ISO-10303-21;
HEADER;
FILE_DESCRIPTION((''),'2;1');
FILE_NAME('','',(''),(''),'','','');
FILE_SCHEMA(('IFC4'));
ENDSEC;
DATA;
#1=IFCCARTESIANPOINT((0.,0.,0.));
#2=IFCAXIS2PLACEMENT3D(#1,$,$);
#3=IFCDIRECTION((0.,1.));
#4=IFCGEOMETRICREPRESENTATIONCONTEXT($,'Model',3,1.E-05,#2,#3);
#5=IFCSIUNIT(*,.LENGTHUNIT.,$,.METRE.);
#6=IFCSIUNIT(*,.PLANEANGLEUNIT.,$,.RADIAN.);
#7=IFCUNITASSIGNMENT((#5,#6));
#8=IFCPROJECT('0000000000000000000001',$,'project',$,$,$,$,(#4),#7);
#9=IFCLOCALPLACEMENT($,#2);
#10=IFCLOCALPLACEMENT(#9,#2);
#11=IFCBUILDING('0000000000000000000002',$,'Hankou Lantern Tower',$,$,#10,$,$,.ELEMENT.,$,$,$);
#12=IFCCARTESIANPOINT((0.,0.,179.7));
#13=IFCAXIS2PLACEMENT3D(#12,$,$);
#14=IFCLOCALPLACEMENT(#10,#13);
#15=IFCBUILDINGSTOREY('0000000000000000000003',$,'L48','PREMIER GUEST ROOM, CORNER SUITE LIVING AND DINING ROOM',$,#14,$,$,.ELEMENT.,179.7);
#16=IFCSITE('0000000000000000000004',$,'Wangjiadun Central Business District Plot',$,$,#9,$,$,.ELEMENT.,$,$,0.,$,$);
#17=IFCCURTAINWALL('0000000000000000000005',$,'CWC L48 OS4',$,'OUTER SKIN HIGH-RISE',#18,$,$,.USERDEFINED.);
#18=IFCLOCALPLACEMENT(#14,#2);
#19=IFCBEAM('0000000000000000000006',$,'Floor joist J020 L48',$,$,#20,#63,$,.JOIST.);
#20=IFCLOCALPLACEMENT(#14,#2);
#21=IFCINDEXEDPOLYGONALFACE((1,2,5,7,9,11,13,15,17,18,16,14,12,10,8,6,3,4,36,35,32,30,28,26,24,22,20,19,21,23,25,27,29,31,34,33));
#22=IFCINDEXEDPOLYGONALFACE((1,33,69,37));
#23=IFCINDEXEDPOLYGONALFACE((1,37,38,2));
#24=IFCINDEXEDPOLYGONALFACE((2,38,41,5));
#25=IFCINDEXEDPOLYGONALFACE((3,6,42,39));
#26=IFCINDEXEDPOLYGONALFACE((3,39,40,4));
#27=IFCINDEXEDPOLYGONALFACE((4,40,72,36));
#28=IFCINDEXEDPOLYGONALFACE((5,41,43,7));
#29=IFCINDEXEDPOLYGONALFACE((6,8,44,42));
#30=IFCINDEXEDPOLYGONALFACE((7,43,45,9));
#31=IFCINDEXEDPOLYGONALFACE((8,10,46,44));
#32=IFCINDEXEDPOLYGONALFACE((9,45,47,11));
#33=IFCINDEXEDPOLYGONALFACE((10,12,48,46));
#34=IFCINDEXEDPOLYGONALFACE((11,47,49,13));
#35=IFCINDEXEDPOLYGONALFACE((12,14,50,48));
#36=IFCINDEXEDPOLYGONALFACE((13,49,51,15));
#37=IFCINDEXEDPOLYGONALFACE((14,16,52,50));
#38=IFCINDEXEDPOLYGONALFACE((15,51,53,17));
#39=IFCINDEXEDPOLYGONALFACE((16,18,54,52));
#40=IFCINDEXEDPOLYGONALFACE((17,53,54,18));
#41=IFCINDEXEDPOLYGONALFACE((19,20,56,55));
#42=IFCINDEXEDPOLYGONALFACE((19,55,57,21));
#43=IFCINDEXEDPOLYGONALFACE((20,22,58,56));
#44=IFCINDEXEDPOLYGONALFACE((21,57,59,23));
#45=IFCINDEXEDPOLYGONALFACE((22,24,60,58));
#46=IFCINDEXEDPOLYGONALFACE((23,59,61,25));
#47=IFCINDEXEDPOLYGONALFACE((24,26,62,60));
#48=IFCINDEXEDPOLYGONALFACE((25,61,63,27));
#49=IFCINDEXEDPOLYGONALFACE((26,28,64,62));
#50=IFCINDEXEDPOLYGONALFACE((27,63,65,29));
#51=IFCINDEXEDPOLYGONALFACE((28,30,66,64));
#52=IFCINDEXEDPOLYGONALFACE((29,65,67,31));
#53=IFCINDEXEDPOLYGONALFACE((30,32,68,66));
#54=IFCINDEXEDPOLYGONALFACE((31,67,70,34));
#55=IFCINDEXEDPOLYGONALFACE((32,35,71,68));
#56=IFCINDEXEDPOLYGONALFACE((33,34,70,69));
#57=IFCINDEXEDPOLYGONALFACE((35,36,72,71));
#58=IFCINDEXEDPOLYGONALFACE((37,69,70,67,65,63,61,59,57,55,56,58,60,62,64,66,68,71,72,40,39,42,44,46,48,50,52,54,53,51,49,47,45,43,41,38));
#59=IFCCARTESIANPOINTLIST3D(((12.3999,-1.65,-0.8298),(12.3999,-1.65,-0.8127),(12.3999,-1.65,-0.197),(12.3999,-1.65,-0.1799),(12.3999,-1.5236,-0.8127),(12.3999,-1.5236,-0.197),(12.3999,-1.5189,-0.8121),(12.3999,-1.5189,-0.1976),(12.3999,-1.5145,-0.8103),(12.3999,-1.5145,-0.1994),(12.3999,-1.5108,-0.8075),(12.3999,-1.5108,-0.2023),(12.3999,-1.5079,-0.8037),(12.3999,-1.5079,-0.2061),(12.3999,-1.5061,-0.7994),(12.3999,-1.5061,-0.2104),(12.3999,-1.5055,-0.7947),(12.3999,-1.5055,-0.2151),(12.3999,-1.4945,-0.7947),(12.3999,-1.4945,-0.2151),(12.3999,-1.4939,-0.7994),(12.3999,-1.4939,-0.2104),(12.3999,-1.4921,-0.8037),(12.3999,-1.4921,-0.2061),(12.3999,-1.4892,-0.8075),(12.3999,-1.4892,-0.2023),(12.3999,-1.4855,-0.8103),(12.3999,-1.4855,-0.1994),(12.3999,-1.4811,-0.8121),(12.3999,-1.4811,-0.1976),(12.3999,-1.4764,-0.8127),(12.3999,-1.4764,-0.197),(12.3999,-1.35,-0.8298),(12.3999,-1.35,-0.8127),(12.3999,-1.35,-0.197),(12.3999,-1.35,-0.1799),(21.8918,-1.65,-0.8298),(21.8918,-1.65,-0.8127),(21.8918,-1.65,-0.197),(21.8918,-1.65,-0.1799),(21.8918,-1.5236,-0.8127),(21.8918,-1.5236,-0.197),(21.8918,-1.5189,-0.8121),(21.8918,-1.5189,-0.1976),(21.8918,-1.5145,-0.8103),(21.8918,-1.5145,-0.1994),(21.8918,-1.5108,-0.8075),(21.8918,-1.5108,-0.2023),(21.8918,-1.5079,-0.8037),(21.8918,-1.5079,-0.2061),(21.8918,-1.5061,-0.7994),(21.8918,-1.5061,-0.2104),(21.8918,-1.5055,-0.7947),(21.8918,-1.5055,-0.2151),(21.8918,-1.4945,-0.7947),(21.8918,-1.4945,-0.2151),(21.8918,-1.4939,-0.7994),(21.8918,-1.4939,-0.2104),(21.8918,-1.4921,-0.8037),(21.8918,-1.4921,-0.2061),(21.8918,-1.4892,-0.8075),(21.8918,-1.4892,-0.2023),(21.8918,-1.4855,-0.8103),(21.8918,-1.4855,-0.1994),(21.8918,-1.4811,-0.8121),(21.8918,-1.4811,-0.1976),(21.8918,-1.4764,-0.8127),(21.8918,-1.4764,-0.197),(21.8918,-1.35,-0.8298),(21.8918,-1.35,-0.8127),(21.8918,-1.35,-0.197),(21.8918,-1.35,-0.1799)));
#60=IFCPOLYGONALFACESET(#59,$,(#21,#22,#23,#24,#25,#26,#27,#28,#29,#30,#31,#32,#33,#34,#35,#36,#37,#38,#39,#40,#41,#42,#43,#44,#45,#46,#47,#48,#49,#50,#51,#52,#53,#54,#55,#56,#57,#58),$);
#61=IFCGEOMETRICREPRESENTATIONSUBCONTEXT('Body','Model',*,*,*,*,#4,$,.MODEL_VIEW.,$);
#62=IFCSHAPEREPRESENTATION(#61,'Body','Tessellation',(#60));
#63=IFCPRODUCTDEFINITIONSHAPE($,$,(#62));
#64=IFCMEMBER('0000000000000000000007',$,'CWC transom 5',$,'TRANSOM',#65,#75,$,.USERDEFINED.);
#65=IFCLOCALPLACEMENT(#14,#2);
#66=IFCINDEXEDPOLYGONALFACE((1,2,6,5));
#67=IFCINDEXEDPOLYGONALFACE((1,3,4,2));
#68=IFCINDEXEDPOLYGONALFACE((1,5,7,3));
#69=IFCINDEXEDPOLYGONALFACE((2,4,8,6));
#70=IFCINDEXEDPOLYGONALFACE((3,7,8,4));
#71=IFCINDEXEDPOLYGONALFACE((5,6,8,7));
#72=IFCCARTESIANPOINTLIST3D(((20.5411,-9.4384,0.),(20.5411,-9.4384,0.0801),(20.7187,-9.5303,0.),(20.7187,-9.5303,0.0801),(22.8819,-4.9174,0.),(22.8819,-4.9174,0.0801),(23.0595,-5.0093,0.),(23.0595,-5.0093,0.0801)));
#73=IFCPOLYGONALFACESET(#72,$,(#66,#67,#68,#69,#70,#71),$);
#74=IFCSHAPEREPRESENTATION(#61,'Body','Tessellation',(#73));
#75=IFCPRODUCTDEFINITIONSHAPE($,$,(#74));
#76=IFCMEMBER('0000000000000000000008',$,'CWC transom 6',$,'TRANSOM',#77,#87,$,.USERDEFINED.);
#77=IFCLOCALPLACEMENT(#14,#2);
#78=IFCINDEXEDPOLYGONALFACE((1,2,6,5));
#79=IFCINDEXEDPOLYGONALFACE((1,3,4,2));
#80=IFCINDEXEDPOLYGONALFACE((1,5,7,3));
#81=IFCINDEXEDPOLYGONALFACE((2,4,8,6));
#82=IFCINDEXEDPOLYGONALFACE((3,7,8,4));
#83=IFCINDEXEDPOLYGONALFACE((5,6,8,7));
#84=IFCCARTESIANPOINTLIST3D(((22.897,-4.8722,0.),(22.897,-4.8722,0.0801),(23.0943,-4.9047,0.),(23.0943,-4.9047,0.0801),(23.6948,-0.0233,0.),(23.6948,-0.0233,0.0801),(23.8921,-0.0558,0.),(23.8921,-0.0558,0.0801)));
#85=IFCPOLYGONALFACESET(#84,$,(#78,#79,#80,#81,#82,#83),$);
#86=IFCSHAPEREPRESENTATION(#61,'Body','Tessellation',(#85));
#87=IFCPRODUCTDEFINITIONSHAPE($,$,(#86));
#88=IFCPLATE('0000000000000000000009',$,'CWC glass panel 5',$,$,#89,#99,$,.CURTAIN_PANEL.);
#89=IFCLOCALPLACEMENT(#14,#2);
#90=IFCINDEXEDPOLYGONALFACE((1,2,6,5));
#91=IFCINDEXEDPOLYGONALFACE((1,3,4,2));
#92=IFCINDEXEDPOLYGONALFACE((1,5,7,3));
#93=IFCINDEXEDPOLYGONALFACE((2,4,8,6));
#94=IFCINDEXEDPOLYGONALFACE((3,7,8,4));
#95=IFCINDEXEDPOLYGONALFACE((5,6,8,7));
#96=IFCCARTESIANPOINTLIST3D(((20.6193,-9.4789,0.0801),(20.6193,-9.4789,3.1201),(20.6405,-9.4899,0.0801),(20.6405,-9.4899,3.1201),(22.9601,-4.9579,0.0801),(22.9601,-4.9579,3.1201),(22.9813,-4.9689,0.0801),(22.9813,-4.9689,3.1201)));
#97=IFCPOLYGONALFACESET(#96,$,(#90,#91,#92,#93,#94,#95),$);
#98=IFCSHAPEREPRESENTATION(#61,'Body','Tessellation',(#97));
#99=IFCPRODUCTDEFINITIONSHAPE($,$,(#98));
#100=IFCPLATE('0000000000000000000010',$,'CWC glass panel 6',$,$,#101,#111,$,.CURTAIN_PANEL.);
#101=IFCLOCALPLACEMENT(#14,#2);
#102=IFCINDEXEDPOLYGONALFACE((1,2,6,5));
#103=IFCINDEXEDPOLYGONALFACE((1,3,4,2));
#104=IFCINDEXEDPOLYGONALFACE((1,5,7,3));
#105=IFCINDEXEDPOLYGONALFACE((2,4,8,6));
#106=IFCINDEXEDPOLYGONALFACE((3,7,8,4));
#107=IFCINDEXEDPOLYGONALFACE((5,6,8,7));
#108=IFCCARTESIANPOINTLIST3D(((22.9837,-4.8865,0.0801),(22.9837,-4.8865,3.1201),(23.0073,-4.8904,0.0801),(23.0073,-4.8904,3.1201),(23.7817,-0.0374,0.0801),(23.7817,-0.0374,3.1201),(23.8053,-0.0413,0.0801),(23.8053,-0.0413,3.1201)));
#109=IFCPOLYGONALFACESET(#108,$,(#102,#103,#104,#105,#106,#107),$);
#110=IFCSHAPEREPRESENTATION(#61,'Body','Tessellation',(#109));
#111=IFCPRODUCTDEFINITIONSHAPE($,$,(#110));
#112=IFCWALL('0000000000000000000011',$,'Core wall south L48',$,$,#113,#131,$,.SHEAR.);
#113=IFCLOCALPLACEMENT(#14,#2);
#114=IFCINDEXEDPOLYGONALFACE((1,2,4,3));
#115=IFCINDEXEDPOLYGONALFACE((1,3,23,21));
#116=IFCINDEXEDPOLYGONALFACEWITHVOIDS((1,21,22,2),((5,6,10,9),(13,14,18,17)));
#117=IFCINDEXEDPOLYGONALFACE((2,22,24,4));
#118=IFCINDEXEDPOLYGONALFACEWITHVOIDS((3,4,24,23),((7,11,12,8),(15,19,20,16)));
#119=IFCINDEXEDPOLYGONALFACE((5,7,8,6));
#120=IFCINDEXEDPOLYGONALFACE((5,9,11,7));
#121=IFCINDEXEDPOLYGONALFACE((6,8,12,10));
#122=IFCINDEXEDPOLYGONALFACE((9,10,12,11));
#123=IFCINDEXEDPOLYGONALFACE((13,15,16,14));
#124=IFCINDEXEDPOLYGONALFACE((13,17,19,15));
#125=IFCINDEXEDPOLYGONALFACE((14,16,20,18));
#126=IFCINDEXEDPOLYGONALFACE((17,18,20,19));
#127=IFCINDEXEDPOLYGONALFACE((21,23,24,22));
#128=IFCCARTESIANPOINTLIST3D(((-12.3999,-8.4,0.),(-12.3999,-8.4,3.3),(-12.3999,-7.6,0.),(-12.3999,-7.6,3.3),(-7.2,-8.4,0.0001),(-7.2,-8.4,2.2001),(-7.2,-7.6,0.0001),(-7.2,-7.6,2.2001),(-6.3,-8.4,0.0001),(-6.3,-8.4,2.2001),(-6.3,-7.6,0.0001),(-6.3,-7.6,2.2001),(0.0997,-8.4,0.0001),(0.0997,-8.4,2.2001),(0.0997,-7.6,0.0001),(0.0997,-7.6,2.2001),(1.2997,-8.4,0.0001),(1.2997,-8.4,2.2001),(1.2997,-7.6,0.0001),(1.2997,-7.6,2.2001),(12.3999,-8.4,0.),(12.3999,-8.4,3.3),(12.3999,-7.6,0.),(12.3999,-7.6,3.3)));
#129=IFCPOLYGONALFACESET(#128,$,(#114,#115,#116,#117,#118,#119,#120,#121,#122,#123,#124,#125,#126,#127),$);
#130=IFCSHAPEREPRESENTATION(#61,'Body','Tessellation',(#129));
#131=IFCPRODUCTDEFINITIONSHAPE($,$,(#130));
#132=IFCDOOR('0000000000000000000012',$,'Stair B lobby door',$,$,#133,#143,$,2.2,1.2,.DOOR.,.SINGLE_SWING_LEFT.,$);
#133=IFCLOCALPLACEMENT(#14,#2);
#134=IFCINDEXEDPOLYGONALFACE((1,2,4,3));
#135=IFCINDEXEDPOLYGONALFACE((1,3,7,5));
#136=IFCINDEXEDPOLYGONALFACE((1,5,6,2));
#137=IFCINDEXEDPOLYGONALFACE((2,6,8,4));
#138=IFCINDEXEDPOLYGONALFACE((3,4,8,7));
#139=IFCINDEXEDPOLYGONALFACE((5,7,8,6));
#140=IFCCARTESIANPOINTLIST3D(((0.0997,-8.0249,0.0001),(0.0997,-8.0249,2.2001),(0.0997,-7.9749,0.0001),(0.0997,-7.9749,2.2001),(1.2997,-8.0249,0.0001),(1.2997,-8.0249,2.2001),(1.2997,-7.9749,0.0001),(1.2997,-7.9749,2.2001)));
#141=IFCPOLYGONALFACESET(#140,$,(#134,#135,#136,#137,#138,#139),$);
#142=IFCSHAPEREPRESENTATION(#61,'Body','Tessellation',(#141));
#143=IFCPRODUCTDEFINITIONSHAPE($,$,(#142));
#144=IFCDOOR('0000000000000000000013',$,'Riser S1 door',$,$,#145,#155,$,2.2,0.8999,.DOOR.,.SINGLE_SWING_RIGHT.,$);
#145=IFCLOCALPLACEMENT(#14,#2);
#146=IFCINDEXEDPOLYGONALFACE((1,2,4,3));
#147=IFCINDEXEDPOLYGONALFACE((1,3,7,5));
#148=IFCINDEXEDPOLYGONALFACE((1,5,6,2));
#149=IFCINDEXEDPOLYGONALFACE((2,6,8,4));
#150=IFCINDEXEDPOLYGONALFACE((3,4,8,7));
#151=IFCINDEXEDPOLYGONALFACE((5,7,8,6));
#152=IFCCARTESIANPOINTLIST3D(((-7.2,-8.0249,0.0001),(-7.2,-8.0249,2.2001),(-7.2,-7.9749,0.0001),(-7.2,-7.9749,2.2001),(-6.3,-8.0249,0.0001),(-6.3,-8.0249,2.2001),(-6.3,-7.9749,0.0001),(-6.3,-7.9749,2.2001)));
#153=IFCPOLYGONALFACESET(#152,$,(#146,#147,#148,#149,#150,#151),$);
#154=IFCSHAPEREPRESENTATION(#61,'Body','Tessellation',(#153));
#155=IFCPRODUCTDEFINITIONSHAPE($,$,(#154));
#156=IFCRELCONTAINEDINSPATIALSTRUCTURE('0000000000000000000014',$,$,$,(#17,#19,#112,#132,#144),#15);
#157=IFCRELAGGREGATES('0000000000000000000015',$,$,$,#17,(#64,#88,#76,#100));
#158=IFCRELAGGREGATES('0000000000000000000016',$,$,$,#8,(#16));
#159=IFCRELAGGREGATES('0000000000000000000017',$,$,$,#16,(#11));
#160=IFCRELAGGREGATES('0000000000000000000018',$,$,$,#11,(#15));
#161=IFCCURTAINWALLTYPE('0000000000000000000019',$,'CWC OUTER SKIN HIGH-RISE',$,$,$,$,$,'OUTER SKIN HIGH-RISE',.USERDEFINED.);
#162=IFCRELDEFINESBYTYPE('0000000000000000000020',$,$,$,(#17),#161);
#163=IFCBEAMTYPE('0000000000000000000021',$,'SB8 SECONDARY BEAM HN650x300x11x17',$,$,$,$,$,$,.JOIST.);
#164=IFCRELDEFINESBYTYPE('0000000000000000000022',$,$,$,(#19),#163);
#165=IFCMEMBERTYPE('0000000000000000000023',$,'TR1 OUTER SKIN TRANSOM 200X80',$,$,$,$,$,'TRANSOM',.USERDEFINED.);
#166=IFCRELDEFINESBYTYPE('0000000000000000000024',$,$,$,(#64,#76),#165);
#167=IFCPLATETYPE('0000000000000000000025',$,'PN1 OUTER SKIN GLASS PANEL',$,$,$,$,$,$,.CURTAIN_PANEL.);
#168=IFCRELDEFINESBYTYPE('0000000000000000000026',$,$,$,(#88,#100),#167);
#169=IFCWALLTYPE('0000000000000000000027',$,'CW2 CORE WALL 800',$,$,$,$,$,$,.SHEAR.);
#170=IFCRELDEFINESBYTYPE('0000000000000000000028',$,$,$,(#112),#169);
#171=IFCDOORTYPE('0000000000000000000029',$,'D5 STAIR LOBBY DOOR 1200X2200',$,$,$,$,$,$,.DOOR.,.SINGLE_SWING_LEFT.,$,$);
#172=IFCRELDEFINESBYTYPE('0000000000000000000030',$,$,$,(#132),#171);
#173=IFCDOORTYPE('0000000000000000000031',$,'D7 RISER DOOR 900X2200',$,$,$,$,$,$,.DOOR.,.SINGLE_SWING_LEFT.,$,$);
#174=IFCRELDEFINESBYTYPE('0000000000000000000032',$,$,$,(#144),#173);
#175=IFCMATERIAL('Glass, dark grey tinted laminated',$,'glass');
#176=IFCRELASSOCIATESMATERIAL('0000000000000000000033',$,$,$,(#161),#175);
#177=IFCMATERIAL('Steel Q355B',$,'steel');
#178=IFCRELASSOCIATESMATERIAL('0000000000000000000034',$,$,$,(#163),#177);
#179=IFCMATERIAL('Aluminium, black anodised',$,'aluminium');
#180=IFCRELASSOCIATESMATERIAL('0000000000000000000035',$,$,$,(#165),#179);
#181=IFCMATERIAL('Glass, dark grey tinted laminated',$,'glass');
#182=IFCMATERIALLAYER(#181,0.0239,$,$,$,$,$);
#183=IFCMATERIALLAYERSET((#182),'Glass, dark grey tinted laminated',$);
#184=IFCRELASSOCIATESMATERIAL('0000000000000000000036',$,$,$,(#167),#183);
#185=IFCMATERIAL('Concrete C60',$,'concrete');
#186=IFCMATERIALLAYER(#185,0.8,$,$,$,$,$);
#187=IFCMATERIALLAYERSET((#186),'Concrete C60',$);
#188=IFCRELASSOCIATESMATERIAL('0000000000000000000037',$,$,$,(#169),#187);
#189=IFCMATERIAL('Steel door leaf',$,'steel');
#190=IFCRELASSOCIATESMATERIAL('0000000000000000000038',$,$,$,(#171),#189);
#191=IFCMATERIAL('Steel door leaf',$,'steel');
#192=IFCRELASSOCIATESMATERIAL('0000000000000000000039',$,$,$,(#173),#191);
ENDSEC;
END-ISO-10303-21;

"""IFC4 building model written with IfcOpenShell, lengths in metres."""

from ifc_helpers import new_model, si_unit, direction, frame, frame_2d, origin, origin_2d, place, context, subcontext, project, spatial, rectangle, i_section, extrude, material, layer, layer_set, material_profile, profile_set, type_object, element, fill, aggregate, save


model = new_model("IFC4")

# Units and contexts
model_context = context("Model", 3, precision=1e-05, world=origin(), true_north=direction((0.0, 1.0)))
body_context = subcontext(model_context, "Body", "Model", "MODEL_VIEW")
ifc_project = project(units=[si_unit("LENGTHUNIT", "METRE"), si_unit("PLANEANGLEUNIT", "RADIAN")], contexts=[model_context])

# Site, building, storey
site_placement = place(None, origin())
site = spatial("IfcSite", under=ifc_project, at=site_placement, Name="Wangjiadun Central Business District Plot", CompositionType="ELEMENT", RefElevation=0.0)
building_placement = place(site_placement, origin())
building = spatial("IfcBuilding", under=site, at=building_placement, Name="Hankou Lantern Tower", CompositionType="ELEMENT")
storey_placement = place(building_placement, frame((0.0, 0.0, 179.7)))
storey = spatial("IfcBuildingStorey", under=building, at=storey_placement, Name="L48", Description="PREMIER GUEST ROOM, CORNER SUITE LIVING AND DINING ROOM", CompositionType="ELEMENT", Elevation=179.7)

# Curtain wall
ifc_material_1 = material(Name="Glass, dark grey tinted laminated", Category="glass")
curtain_wall_type = type_object("IfcCurtainWallType", Name="CWC OUTER SKIN HIGH-RISE", ElementType="OUTER SKIN HIGH-RISE", PredefinedType="USERDEFINED", material=ifc_material_1)
curtain_wall_placement = place(storey_placement, origin())
curtain_wall = element("IfcCurtainWall", 1, at=curtain_wall_placement, inside=storey, type_object=curtain_wall_type, Name="CWC L48 OS4", ObjectType="OUTER SKIN HIGH-RISE", PredefinedType="USERDEFINED")

# Beam
ifc_material_2 = material(Name="Steel Q355B", Category="steel")
ifc_material_profile_1 = material_profile(ifc_material_2, i_section(OverallWidth=0.3, OverallDepth=0.6499, WebThickness=0.011, FlangeThickness=0.0171, FilletRadius=0.0181, at=origin_2d()), Name="HN650x300x11x17")
ifc_profile_set_1 = profile_set([ifc_material_profile_1], Name="Steel Q355B")
beam_type_1 = type_object("IfcBeamType", Name="SB8 SECONDARY BEAM HN650x300x11x17", PredefinedType="JOIST", material=ifc_profile_set_1)
beam_1_placement = place(storey_placement, frame((12.3999, -1.5, -0.5049), z_axis=(1.0, 0.0, 0.0), x_axis=(0.0, 1.0, 0.0)))
element("IfcBeam", 2, at=beam_1_placement, inside=storey, type_object=beam_type_1, Name="Floor joist J020 L48", PredefinedType="JOIST", context=body_context, shape_type="SweptSolid", body=[
    extrude(i_section(OverallWidth=0.3, OverallDepth=0.6499, WebThickness=0.011, FlangeThickness=0.0171, FilletRadius=0.0181, at=origin_2d()), origin(), (0.0, 0.0, 1.0), 9.4919),
])

# Members
ifc_material_3 = material(Name="Aluminium, black anodised", Category="aluminium")
ifc_material_profile_2 = material_profile(ifc_material_3, rectangle(XDim=0.2, YDim=0.0801, at=origin_2d()), Name="TR1 200X80")
ifc_profile_set_2 = profile_set([ifc_material_profile_2], Name="Aluminium, black anodised")
member_type_1 = type_object("IfcMemberType", Name="TR1 OUTER SKIN TRANSOM 200X80", ElementType="TRANSOM", PredefinedType="USERDEFINED", material=ifc_profile_set_2)
member_1_placement = place(storey_placement, frame((20.6299, -9.4844, 0.04), z_axis=(0.459791, 0.888027, 0.0), x_axis=(-0.888027, 0.459791, 0.0)))
member_1 = element("IfcMember", 3, at=member_1_placement, type_object=member_type_1, Name="CWC transom 5", ObjectType="TRANSOM", PredefinedType="USERDEFINED", context=body_context, shape_type="SweptSolid", body=[
    extrude(rectangle(XDim=0.2, YDim=0.0801, at=origin_2d()), origin(), (0.0, 0.0, 1.0), 5.0911),
])
member_2_placement = place(storey_placement, frame((22.9956, -4.8884, 0.04), z_axis=(0.16236, 0.986732, 0.0), x_axis=(-0.986732, 0.16236, 0.0)))
member_2 = element("IfcMember", 4, at=member_2_placement, type_object=member_type_1, Name="CWC transom 6", ObjectType="TRANSOM", PredefinedType="USERDEFINED", context=body_context, shape_type="SweptSolid", body=[
    extrude(rectangle(XDim=0.2, YDim=0.0801, at=origin_2d()), origin(), (0.0, 0.0, 1.0), 4.9141),
])

# Plates
ifc_material_4 = material(Name="Glass, dark grey tinted laminated", Category="glass")
ifc_layer_1 = layer(ifc_material_4, 0.0239)
ifc_layer_set_1 = layer_set([ifc_layer_1], Name="Glass, dark grey tinted laminated")
plate_type = type_object("IfcPlateType", Name="PN1 OUTER SKIN GLASS PANEL", PredefinedType="CURTAIN_PANEL", material=ifc_layer_set_1)
plate_1_placement = place(storey_placement, frame((21.8003, -7.2239, 0.0801), z_axis=(0.0, 0.0, 1.0), x_axis=(0.459791, 0.888027, 0.0)))
plate_1 = element("IfcPlate", 5, at=plate_1_placement, type_object=plate_type, Name="CWC glass panel 5", PredefinedType="CURTAIN_PANEL", context=body_context, shape_type="SweptSolid", body=[
    extrude(rectangle(XDim=5.0911, YDim=0.0239, at=origin_2d()), origin(), (0.0, 0.0, 1.0), 3.04),
])
plate_2_placement = place(storey_placement, frame((23.3945, -2.4639, 0.0801), z_axis=(0.0, 0.0, 1.0), x_axis=(0.162382, 0.986728, 0.0)))
plate_2 = element("IfcPlate", 6, at=plate_2_placement, type_object=plate_type, Name="CWC glass panel 6", PredefinedType="CURTAIN_PANEL", context=body_context, shape_type="SweptSolid", body=[
    extrude(rectangle(XDim=4.9143, YDim=0.0239, at=origin_2d()), origin(), (0.0, 0.0, 1.0), 3.04),
])
aggregate(curtain_wall, [member_1, plate_1, member_2, plate_2])

# Wall, openings, doors
ifc_material_5 = material(Name="Concrete C60", Category="concrete")
ifc_layer_2 = layer(ifc_material_5, 0.8)
ifc_layer_set_2 = layer_set([ifc_layer_2], Name="Concrete C60")
wall_type_1 = type_object("IfcWallType", Name="CW2 CORE WALL 800", PredefinedType="SHEAR", material=ifc_layer_set_2)
wall_1_placement = place(storey_placement, frame((12.3999, -8.0, 0.0), z_axis=(0.0, 0.0, 1.0), x_axis=(-1.0, 0.0, 0.0)))
wall_1 = element("IfcWall", 7, at=wall_1_placement, inside=storey, type_object=wall_type_1, Name="Core wall south L48", PredefinedType="SHEAR", context=body_context, shape_type="SweptSolid", body=[
    extrude(rectangle(XDim=24.7998, YDim=0.8, at=frame_2d((12.3999, 0.0))), origin(), (0.0, 0.0, 1.0), 3.3),
])
opening_1_placement = place(wall_1_placement, frame((11.1001, 0.0, 0.0)))
opening_1 = element("IfcOpeningElement", 8, at=opening_1_placement, cuts=wall_1, PredefinedType="OPENING", context=body_context, shape_type="SweptSolid", body=[
    extrude(rectangle(XDim=1.2, YDim=2.2, at=frame_2d((0.6001, 1.1001))), frame((0.0, 0.4099, 0.0), z_axis=(0.0, -1.0, 0.0), x_axis=(1.0, 0.0, 0.0)), (0.0, 0.0, 1.0), 0.8201),
])
opening_2_placement = place(wall_1_placement, frame((18.7, 0.0, 0.0)))
opening_2 = element("IfcOpeningElement", 9, at=opening_2_placement, cuts=wall_1, PredefinedType="OPENING", context=body_context, shape_type="SweptSolid", body=[
    extrude(rectangle(XDim=0.8999, YDim=2.2, at=frame_2d((0.45, 1.1001))), frame((0.0, 0.4099, 0.0), z_axis=(0.0, -1.0, 0.0), x_axis=(1.0, 0.0, 0.0)), (0.0, 0.0, 1.0), 0.8201),
])
ifc_material_6 = material(Name="Steel door leaf", Category="steel")
door_type_1 = type_object("IfcDoorType", Name="D5 STAIR LOBBY DOOR 1200X2200", OperationType="SINGLE_SWING_LEFT", PredefinedType="DOOR", material=ifc_material_6)
door_1_placement = place(opening_1_placement, origin())
door_1 = element("IfcDoor", 10, at=door_1_placement, inside=storey, type_object=door_type_1, Name="Stair B lobby door", OperationType="SINGLE_SWING_LEFT", OverallHeight=2.2, OverallWidth=1.2, PredefinedType="DOOR", context=body_context, shape_type="SweptSolid", body=[
    extrude(rectangle(XDim=1.2, YDim=2.2, at=frame_2d((0.6001, 1.1001))), frame((0.0, 0.0249, 0.0), z_axis=(0.0, -1.0, 0.0), x_axis=(1.0, 0.0, 0.0)), (0.0, 0.0, 1.0), 0.05),
])
fill(opening_1, door_1)
ifc_material_7 = material(Name="Steel door leaf", Category="steel")
door_type_2 = type_object("IfcDoorType", Name="D7 RISER DOOR 900X2200", OperationType="SINGLE_SWING_LEFT", PredefinedType="DOOR", material=ifc_material_7)
door_2_placement = place(opening_2_placement, origin())
door_2 = element("IfcDoor", 11, at=door_2_placement, inside=storey, type_object=door_type_2, Name="Riser S1 door", OperationType="SINGLE_SWING_RIGHT", OverallHeight=2.2, OverallWidth=0.8999, PredefinedType="DOOR", context=body_context, shape_type="SweptSolid", body=[
    extrude(rectangle(XDim=0.8999, YDim=2.2, at=frame_2d((0.45, 1.1001))), frame((0.0, 0.0249, 0.0), z_axis=(0.0, -1.0, 0.0), x_axis=(1.0, 0.0, 0.0)), (0.0, 0.0, 1.0), 0.05),
])
fill(opening_2, door_2)

save(model, "model.ifc")
